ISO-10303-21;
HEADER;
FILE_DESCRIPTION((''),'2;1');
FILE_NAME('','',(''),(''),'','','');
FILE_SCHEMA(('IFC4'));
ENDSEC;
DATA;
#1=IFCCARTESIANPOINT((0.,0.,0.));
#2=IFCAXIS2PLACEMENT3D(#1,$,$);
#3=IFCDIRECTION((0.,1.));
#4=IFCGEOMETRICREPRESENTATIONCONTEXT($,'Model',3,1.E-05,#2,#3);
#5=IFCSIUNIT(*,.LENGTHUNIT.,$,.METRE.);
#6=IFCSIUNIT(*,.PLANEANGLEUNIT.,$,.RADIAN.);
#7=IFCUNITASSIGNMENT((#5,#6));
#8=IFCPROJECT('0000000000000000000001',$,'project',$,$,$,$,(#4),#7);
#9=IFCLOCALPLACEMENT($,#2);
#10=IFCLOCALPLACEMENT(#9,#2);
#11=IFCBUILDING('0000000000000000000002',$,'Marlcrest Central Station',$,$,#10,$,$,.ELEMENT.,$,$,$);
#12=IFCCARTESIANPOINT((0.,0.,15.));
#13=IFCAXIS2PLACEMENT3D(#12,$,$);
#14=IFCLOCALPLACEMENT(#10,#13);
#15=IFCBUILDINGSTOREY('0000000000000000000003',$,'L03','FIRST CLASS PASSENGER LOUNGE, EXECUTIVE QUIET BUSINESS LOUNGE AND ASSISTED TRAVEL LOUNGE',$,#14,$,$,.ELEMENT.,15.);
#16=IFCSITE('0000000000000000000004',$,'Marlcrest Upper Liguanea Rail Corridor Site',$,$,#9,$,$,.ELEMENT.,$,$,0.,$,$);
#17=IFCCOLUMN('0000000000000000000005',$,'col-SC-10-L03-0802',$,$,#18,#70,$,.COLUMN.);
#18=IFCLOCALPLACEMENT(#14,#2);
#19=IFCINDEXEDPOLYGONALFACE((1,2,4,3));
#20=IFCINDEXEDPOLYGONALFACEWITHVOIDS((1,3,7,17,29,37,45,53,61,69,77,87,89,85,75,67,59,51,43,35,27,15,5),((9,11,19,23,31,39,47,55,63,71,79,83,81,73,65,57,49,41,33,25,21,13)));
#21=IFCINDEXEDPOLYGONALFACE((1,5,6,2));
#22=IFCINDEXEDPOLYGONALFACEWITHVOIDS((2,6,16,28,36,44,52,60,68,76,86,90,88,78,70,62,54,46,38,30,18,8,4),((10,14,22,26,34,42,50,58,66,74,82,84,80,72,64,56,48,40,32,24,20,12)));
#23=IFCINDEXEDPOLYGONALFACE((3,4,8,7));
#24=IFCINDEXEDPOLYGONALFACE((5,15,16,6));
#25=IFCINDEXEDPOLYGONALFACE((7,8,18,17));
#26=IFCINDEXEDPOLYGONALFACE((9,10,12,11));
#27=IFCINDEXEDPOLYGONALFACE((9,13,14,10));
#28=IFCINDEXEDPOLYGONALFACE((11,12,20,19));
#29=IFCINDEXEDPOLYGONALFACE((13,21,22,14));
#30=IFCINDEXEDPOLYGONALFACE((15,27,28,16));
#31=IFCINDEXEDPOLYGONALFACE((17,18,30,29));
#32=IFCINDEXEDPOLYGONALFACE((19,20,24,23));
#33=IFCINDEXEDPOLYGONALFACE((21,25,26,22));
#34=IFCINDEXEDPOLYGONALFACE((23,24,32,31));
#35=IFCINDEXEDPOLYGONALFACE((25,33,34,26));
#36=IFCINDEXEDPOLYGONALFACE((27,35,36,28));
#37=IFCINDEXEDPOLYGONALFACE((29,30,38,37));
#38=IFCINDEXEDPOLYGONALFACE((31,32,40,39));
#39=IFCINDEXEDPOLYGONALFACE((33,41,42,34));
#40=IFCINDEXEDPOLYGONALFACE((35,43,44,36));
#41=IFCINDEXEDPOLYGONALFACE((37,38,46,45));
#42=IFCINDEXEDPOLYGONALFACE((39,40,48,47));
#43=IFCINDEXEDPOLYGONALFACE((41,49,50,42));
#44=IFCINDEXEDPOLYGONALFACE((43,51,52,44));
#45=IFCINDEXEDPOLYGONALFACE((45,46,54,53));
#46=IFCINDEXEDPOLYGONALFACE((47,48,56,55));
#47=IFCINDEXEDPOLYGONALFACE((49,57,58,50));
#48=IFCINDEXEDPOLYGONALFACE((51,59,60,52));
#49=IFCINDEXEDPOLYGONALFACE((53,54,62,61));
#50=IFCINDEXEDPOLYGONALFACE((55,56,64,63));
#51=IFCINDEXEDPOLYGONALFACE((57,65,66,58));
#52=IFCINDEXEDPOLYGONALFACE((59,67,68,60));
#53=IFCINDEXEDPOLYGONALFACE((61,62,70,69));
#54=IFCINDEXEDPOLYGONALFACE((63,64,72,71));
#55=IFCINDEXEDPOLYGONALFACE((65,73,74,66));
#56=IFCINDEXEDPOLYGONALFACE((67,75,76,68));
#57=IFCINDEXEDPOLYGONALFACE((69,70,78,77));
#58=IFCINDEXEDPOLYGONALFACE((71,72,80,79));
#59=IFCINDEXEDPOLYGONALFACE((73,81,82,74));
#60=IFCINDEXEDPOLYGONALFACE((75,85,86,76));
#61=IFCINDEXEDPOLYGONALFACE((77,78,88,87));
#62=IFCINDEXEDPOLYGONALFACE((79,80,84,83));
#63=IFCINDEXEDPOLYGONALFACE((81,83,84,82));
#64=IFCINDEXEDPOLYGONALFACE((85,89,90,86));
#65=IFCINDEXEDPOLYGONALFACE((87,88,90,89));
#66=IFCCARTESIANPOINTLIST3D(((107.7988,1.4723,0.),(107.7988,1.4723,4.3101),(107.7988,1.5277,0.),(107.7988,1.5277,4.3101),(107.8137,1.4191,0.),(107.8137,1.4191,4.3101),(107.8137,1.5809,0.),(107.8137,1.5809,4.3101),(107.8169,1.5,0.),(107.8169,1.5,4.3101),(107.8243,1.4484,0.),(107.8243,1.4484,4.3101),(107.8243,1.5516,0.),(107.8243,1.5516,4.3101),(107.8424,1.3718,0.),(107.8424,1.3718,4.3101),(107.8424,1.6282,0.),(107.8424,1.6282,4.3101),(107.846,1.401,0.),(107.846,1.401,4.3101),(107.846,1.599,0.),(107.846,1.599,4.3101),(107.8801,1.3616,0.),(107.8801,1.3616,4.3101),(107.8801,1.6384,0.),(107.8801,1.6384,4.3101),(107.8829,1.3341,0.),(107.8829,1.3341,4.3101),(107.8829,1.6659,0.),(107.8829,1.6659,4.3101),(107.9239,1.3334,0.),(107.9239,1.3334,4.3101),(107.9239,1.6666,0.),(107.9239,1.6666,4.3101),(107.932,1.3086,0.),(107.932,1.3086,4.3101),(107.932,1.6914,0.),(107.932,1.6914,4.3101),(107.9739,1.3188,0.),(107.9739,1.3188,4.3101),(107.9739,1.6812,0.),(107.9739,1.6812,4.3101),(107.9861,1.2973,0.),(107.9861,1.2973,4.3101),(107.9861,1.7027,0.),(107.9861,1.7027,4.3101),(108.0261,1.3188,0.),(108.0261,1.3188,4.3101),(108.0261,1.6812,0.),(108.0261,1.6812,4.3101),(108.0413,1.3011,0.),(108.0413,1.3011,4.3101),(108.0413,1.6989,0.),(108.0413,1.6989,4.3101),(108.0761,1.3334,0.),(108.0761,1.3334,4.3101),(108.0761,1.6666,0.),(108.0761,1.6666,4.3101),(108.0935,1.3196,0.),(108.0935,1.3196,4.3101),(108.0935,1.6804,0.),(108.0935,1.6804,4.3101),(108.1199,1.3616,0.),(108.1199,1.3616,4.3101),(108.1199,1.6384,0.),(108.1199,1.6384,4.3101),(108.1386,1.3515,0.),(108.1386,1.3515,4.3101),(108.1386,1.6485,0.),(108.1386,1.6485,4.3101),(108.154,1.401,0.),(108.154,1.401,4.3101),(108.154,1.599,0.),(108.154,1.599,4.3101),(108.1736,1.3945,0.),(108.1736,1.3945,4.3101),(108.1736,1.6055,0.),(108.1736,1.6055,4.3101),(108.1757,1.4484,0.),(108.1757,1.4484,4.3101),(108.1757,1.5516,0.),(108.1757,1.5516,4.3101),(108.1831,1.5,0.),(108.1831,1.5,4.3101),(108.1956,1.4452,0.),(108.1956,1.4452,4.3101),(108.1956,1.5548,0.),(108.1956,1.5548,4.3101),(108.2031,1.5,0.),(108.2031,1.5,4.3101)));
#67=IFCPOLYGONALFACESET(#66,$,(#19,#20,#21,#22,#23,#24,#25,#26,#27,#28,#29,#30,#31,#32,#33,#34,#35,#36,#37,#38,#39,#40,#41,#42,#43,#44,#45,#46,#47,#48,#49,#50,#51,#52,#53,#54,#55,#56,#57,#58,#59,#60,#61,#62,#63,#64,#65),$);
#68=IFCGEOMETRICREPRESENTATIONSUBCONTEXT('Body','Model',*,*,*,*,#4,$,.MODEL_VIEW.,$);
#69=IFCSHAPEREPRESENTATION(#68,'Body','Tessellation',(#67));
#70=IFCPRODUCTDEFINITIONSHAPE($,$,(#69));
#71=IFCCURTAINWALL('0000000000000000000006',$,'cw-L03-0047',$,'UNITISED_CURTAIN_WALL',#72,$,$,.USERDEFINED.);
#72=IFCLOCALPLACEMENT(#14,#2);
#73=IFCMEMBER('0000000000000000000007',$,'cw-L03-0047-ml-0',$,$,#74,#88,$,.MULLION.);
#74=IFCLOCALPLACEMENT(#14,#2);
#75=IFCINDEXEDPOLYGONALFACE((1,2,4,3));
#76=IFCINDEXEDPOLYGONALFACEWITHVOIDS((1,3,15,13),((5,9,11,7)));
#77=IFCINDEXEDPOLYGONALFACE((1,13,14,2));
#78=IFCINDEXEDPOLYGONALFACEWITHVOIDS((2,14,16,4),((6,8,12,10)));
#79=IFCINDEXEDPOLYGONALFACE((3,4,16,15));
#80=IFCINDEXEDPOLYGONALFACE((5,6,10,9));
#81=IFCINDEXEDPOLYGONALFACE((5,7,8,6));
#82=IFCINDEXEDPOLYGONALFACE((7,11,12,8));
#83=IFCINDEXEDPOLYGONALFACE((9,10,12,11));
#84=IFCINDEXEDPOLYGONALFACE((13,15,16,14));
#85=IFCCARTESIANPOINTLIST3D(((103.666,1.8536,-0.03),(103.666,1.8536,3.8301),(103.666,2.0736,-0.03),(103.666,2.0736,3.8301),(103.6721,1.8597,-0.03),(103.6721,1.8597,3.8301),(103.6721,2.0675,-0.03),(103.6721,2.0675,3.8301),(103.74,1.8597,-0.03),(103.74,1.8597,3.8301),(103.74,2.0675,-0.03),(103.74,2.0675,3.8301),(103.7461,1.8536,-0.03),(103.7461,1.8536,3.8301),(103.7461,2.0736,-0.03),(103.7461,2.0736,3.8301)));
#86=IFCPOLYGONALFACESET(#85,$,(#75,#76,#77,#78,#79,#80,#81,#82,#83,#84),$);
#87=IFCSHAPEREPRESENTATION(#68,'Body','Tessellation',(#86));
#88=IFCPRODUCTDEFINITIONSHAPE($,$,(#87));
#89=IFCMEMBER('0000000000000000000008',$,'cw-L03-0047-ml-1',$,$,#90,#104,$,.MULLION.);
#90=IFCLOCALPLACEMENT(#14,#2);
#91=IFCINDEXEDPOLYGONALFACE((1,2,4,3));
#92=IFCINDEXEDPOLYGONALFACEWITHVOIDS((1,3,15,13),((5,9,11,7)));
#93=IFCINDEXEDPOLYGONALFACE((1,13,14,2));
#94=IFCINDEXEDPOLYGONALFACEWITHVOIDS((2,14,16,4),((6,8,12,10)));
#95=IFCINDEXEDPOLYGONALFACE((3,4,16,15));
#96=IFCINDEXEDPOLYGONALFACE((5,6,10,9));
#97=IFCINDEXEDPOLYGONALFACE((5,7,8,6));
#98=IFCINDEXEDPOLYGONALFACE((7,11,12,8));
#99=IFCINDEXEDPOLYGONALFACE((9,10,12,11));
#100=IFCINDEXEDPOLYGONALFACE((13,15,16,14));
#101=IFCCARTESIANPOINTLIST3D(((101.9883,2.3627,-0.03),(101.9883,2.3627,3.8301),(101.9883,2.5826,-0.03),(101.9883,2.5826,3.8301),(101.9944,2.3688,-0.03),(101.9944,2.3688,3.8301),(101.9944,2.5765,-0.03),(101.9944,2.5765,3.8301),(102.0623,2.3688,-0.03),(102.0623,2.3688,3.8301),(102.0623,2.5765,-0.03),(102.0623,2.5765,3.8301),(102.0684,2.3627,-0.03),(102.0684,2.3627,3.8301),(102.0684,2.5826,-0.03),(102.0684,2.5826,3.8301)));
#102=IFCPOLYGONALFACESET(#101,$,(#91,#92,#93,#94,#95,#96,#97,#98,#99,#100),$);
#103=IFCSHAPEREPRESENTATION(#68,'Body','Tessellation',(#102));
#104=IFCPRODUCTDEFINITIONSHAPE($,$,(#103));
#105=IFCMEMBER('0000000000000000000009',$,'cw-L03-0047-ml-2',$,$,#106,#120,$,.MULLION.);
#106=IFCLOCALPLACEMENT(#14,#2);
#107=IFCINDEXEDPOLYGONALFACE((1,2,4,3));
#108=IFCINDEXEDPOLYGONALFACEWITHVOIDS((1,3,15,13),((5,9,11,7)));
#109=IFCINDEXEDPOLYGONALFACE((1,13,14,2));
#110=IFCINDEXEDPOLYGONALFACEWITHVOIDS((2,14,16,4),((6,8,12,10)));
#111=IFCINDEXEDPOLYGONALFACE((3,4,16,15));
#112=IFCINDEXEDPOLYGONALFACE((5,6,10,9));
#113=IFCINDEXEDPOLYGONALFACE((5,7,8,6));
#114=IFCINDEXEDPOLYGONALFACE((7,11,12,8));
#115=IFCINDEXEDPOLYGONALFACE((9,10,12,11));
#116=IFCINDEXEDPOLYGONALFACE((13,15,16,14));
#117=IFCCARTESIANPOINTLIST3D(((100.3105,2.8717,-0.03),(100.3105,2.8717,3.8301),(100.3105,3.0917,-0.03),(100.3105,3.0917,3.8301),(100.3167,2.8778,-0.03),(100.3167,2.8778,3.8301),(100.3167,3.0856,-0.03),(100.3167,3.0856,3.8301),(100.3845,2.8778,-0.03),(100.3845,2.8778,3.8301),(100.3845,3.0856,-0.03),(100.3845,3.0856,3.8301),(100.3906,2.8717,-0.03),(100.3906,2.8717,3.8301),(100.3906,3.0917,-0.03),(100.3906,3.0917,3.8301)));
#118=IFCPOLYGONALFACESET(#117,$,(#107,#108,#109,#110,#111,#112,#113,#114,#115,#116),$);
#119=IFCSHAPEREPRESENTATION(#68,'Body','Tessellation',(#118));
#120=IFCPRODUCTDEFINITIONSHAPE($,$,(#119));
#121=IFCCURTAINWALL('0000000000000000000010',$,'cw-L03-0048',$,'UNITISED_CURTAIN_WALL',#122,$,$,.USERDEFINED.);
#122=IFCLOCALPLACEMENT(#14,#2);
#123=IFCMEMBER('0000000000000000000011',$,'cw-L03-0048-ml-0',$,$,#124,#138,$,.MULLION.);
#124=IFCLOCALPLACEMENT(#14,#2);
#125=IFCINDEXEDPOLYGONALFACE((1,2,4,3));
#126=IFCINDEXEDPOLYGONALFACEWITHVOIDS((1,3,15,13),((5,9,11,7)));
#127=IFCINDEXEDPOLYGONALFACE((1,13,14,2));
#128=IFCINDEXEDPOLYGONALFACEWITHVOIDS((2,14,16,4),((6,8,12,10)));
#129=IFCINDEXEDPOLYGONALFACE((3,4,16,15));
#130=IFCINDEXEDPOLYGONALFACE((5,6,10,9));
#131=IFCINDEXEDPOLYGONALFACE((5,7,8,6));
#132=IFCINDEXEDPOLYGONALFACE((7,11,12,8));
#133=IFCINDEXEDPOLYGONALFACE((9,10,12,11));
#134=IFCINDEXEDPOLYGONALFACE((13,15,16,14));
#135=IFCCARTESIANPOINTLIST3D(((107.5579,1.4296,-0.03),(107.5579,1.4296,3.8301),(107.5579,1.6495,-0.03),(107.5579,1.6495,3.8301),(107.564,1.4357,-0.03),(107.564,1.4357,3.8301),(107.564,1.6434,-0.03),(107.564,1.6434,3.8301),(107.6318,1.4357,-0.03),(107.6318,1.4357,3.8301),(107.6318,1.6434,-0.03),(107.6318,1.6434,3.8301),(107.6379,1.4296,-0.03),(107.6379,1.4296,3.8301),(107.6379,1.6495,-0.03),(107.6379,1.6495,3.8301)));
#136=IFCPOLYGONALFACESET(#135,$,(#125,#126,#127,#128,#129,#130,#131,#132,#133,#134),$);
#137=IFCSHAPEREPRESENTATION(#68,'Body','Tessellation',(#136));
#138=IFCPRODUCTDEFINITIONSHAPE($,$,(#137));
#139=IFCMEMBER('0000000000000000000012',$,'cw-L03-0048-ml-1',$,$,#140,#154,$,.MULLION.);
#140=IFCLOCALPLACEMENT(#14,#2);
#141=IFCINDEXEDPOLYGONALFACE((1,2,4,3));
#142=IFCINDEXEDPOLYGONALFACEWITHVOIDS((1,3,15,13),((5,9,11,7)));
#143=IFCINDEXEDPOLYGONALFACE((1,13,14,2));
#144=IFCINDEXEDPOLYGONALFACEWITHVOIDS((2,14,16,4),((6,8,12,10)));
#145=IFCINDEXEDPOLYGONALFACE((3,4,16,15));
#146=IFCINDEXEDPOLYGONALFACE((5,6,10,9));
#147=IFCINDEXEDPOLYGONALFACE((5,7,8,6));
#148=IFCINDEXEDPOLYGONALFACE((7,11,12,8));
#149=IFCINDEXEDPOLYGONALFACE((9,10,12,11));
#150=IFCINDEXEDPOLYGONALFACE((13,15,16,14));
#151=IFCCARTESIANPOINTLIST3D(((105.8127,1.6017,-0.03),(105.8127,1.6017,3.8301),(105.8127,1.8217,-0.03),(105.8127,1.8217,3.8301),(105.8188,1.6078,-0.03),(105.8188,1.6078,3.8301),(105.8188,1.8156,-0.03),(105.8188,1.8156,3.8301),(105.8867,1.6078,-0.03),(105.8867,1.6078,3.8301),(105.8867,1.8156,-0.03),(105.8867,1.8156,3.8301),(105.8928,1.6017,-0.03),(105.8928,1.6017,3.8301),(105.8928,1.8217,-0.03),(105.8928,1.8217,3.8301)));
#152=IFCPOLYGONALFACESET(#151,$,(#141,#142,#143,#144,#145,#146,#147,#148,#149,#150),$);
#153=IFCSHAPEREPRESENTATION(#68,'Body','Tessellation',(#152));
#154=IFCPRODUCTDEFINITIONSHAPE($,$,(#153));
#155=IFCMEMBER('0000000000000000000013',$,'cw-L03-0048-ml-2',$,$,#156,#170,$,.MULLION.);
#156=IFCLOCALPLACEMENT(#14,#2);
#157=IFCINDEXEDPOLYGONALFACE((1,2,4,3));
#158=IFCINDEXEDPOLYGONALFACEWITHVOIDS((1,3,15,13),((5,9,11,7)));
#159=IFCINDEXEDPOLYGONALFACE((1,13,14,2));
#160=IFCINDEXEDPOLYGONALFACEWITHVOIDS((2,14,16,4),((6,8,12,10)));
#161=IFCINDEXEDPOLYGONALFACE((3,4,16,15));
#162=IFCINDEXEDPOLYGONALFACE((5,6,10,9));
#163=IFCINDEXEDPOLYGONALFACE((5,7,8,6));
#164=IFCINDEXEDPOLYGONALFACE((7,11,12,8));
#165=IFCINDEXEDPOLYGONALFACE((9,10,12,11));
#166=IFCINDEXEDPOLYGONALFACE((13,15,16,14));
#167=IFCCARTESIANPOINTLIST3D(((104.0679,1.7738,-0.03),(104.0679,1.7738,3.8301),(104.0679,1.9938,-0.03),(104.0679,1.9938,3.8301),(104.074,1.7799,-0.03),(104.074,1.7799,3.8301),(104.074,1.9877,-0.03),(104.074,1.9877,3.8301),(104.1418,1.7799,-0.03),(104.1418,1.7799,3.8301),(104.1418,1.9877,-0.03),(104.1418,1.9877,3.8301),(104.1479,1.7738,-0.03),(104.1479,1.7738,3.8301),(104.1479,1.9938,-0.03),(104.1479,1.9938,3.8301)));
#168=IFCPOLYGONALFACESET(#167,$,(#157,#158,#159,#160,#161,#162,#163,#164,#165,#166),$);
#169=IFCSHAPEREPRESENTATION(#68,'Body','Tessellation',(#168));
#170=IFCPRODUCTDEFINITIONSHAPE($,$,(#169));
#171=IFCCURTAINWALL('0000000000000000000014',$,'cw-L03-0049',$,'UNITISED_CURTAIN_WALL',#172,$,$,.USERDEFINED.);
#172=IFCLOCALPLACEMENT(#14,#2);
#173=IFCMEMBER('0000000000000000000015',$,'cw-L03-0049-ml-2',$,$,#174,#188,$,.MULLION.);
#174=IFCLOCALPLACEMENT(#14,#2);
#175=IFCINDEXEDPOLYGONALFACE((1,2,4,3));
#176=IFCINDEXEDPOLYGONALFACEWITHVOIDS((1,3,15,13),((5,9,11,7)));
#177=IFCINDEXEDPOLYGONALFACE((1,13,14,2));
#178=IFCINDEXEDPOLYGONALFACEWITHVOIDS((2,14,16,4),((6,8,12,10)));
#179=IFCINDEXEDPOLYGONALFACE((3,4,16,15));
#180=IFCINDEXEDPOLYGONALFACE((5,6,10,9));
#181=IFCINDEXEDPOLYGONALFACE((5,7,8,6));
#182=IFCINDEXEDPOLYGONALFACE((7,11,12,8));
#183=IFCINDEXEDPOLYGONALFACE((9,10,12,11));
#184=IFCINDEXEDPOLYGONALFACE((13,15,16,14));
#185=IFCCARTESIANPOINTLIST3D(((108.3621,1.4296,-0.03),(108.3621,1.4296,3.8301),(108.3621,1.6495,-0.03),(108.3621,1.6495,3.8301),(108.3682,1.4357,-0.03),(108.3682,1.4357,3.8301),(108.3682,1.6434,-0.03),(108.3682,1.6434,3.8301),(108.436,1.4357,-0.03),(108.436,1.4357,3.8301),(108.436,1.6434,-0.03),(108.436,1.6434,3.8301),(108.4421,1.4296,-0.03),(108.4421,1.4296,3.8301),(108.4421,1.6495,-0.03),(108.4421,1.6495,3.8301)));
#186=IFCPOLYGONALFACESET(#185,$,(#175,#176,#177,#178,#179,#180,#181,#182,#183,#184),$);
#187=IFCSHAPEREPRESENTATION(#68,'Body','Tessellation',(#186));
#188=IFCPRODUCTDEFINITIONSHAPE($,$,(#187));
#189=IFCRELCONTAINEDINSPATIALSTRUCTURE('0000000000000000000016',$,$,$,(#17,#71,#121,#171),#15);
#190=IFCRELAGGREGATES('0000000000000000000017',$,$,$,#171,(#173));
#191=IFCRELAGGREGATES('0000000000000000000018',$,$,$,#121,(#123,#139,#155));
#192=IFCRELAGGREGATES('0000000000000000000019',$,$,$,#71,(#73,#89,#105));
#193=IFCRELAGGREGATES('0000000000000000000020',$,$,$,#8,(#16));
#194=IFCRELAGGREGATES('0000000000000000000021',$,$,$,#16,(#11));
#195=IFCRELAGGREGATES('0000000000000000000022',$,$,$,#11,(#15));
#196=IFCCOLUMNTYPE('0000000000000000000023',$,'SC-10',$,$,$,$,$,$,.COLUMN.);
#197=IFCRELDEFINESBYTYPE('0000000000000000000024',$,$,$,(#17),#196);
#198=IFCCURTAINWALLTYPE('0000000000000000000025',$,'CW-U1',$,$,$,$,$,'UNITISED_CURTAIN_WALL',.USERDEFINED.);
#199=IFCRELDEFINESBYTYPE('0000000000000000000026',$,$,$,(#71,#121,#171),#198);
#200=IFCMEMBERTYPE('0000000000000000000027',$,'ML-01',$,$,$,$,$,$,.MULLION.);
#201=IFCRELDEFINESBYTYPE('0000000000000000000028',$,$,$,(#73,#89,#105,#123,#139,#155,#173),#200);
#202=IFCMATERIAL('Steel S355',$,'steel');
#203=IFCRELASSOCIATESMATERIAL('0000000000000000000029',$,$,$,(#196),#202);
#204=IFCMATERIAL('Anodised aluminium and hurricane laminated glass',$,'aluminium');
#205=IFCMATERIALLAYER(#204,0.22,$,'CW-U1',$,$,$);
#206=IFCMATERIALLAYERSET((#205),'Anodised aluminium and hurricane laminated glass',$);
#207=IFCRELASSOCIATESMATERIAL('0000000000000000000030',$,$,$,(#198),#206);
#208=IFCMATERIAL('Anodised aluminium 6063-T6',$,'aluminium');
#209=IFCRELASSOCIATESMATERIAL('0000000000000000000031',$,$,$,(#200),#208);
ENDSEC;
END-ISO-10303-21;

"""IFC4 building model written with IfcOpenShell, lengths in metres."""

from ifc_helpers import new_model, si_unit, direction, frame, origin, origin_2d, place, context, subcontext, project, spatial, hollow_rectangle, hollow_circle, extrude, material, layer, layer_set, material_profile, profile_set, type_object, element, aggregate, save


model = new_model("IFC4")

# Units and contexts
model_context = context("Model", 3, precision=1e-05, world=origin(), true_north=direction((0.0, 1.0)))
body_context = subcontext(model_context, "Body", "Model", "MODEL_VIEW")
ifc_project = project(units=[si_unit("LENGTHUNIT", "METRE"), si_unit("PLANEANGLEUNIT", "RADIAN")], contexts=[model_context])

# Site, building, storey
site_placement = place(None, origin())
site = spatial("IfcSite", under=ifc_project, at=site_placement, Name="Marlcrest Upper Liguanea Rail Corridor Site", CompositionType="ELEMENT", RefElevation=0.0)
building_placement = place(site_placement, origin())
building = spatial("IfcBuilding", under=site, at=building_placement, Name="Marlcrest Central Station", CompositionType="ELEMENT")
storey_placement = place(building_placement, frame((0.0, 0.0, 15.0)))
storey = spatial("IfcBuildingStorey", under=building, at=storey_placement, Name="L03", Description="FIRST CLASS PASSENGER LOUNGE, EXECUTIVE QUIET BUSINESS LOUNGE AND ASSISTED TRAVEL LOUNGE", CompositionType="ELEMENT", Elevation=15.0)

# Column
ifc_material_1 = material(Name="Steel S355", Category="steel")
ifc_material_profile_1 = material_profile(ifc_material_1, hollow_circle(Radius=0.2031, WallThickness=0.02, at=origin_2d()), Name="CHS 406.4x20")
ifc_profile_set_1 = profile_set([ifc_material_profile_1], Name="Steel S355")
column_type = type_object("IfcColumnType", Name="SC-10", PredefinedType="COLUMN", material=ifc_profile_set_1)
column_placement = place(storey_placement, frame((108.0, 1.5, 0.0), z_axis=(0.0, 0.0, 1.0), x_axis=(1.0, 0.0, 0.0)))
element("IfcColumn", 1, at=column_placement, inside=storey, type_object=column_type, Name="col-SC-10-L03-0802", PredefinedType="COLUMN", context=body_context, shape_type="SweptSolid", body=[
    extrude(hollow_circle(Radius=0.2031, WallThickness=0.02, at=origin_2d()), origin(), (0.0, 0.0, 1.0), 4.3101),
])

# Curtain walls, members
ifc_material_2 = material(Name="Anodised aluminium and hurricane laminated glass", Category="aluminium")
ifc_layer_1 = layer(ifc_material_2, 0.22, Name="CW-U1")
ifc_layer_set_1 = layer_set([ifc_layer_1], Name="Anodised aluminium and hurricane laminated glass")
curtain_wall_type = type_object("IfcCurtainWallType", Name="CW-U1", ElementType="UNITISED_CURTAIN_WALL", PredefinedType="USERDEFINED", material=ifc_layer_set_1)
curtain_wall_1_placement = place(storey_placement, origin())
curtain_wall_1 = element("IfcCurtainWall", 2, at=curtain_wall_1_placement, inside=storey, type_object=curtain_wall_type, Name="cw-L03-0047", ObjectType="UNITISED_CURTAIN_WALL", PredefinedType="USERDEFINED")
ifc_material_3 = material(Name="Anodised aluminium 6063-T6", Category="aluminium")
ifc_material_profile_2 = material_profile(ifc_material_3, hollow_rectangle(XDim=0.0801, YDim=0.22, WallThickness=0.0061, at=origin_2d()), Name="AA-RHS 220x80x6")
ifc_profile_set_2 = profile_set([ifc_material_profile_2], Name="Anodised aluminium 6063-T6")
member_type_1 = type_object("IfcMemberType", Name="ML-01", PredefinedType="MULLION", material=ifc_profile_set_2)
member_1_placement = place(storey_placement, frame((103.7061, 1.9636, -0.03), z_axis=(0.0, 0.0, 1.0), x_axis=(1.0, 0.0, 0.0)))
member_1 = element("IfcMember", 3, at=member_1_placement, type_object=member_type_1, Name="cw-L03-0047-ml-0", PredefinedType="MULLION", context=body_context, shape_type="SweptSolid", body=[
    extrude(hollow_rectangle(XDim=0.0801, YDim=0.22, WallThickness=0.0061, at=origin_2d()), origin(), (0.0, 0.0, 1.0), 3.8601),
])
member_2_placement = place(storey_placement, frame((102.0283, 2.4727, -0.03), z_axis=(0.0, 0.0, 1.0), x_axis=(1.0, 0.0, 0.0)))
member_2 = element("IfcMember", 4, at=member_2_placement, type_object=member_type_1, Name="cw-L03-0047-ml-1", PredefinedType="MULLION", context=body_context, shape_type="SweptSolid", body=[
    extrude(hollow_rectangle(XDim=0.0801, YDim=0.22, WallThickness=0.0061, at=origin_2d()), origin(), (0.0, 0.0, 1.0), 3.8601),
])
member_3_placement = place(storey_placement, frame((100.3506, 2.9817, -0.03), z_axis=(0.0, 0.0, 1.0), x_axis=(1.0, 0.0, 0.0)))
member_3 = element("IfcMember", 5, at=member_3_placement, type_object=member_type_1, Name="cw-L03-0047-ml-2", PredefinedType="MULLION", context=body_context, shape_type="SweptSolid", body=[
    extrude(hollow_rectangle(XDim=0.0801, YDim=0.22, WallThickness=0.0061, at=origin_2d()), origin(), (0.0, 0.0, 1.0), 3.8601),
])
curtain_wall_2_placement = place(storey_placement, origin())
curtain_wall_2 = element("IfcCurtainWall", 6, at=curtain_wall_2_placement, inside=storey, type_object=curtain_wall_type, Name="cw-L03-0048", ObjectType="UNITISED_CURTAIN_WALL", PredefinedType="USERDEFINED")
member_4_placement = place(storey_placement, frame((107.5979, 1.5396, -0.03), z_axis=(0.0, 0.0, 1.0), x_axis=(1.0, 0.0, 0.0)))
member_4 = element("IfcMember", 7, at=member_4_placement, type_object=member_type_1, Name="cw-L03-0048-ml-0", PredefinedType="MULLION", context=body_context, shape_type="SweptSolid", body=[
    extrude(hollow_rectangle(XDim=0.0801, YDim=0.22, WallThickness=0.0061, at=origin_2d()), origin(), (0.0, 0.0, 1.0), 3.8601),
])
member_5_placement = place(storey_placement, frame((105.8528, 1.7117, -0.03), z_axis=(0.0, 0.0, 1.0), x_axis=(1.0, 0.0, 0.0)))
member_5 = element("IfcMember", 8, at=member_5_placement, type_object=member_type_1, Name="cw-L03-0048-ml-1", PredefinedType="MULLION", context=body_context, shape_type="SweptSolid", body=[
    extrude(hollow_rectangle(XDim=0.0801, YDim=0.22, WallThickness=0.0061, at=origin_2d()), origin(), (0.0, 0.0, 1.0), 3.8601),
])
member_6_placement = place(storey_placement, frame((104.1079, 1.8838, -0.03), z_axis=(0.0, 0.0, 1.0), x_axis=(1.0, 0.0, 0.0)))
member_6 = element("IfcMember", 9, at=member_6_placement, type_object=member_type_1, Name="cw-L03-0048-ml-2", PredefinedType="MULLION", context=body_context, shape_type="SweptSolid", body=[
    extrude(hollow_rectangle(XDim=0.0801, YDim=0.22, WallThickness=0.0061, at=origin_2d()), origin(), (0.0, 0.0, 1.0), 3.8601),
])

# Curtain wall, member
curtain_wall_3_placement = place(storey_placement, origin())
curtain_wall_3 = element("IfcCurtainWall", 10, at=curtain_wall_3_placement, inside=storey, type_object=curtain_wall_type, Name="cw-L03-0049", ObjectType="UNITISED_CURTAIN_WALL", PredefinedType="USERDEFINED")
member_7_placement = place(storey_placement, frame((108.4021, 1.5396, -0.03), z_axis=(0.0, 0.0, 1.0), x_axis=(1.0, 0.0, 0.0)))
member_7 = element("IfcMember", 11, at=member_7_placement, type_object=member_type_1, Name="cw-L03-0049-ml-2", PredefinedType="MULLION", context=body_context, shape_type="SweptSolid", body=[
    extrude(hollow_rectangle(XDim=0.0801, YDim=0.22, WallThickness=0.0061, at=origin_2d()), origin(), (0.0, 0.0, 1.0), 3.8601),
])
aggregate(curtain_wall_3, [member_7])

aggregate(curtain_wall_2, [member_4, member_5, member_6])
aggregate(curtain_wall_1, [member_1, member_2, member_3])

save(model, "model.ifc")
